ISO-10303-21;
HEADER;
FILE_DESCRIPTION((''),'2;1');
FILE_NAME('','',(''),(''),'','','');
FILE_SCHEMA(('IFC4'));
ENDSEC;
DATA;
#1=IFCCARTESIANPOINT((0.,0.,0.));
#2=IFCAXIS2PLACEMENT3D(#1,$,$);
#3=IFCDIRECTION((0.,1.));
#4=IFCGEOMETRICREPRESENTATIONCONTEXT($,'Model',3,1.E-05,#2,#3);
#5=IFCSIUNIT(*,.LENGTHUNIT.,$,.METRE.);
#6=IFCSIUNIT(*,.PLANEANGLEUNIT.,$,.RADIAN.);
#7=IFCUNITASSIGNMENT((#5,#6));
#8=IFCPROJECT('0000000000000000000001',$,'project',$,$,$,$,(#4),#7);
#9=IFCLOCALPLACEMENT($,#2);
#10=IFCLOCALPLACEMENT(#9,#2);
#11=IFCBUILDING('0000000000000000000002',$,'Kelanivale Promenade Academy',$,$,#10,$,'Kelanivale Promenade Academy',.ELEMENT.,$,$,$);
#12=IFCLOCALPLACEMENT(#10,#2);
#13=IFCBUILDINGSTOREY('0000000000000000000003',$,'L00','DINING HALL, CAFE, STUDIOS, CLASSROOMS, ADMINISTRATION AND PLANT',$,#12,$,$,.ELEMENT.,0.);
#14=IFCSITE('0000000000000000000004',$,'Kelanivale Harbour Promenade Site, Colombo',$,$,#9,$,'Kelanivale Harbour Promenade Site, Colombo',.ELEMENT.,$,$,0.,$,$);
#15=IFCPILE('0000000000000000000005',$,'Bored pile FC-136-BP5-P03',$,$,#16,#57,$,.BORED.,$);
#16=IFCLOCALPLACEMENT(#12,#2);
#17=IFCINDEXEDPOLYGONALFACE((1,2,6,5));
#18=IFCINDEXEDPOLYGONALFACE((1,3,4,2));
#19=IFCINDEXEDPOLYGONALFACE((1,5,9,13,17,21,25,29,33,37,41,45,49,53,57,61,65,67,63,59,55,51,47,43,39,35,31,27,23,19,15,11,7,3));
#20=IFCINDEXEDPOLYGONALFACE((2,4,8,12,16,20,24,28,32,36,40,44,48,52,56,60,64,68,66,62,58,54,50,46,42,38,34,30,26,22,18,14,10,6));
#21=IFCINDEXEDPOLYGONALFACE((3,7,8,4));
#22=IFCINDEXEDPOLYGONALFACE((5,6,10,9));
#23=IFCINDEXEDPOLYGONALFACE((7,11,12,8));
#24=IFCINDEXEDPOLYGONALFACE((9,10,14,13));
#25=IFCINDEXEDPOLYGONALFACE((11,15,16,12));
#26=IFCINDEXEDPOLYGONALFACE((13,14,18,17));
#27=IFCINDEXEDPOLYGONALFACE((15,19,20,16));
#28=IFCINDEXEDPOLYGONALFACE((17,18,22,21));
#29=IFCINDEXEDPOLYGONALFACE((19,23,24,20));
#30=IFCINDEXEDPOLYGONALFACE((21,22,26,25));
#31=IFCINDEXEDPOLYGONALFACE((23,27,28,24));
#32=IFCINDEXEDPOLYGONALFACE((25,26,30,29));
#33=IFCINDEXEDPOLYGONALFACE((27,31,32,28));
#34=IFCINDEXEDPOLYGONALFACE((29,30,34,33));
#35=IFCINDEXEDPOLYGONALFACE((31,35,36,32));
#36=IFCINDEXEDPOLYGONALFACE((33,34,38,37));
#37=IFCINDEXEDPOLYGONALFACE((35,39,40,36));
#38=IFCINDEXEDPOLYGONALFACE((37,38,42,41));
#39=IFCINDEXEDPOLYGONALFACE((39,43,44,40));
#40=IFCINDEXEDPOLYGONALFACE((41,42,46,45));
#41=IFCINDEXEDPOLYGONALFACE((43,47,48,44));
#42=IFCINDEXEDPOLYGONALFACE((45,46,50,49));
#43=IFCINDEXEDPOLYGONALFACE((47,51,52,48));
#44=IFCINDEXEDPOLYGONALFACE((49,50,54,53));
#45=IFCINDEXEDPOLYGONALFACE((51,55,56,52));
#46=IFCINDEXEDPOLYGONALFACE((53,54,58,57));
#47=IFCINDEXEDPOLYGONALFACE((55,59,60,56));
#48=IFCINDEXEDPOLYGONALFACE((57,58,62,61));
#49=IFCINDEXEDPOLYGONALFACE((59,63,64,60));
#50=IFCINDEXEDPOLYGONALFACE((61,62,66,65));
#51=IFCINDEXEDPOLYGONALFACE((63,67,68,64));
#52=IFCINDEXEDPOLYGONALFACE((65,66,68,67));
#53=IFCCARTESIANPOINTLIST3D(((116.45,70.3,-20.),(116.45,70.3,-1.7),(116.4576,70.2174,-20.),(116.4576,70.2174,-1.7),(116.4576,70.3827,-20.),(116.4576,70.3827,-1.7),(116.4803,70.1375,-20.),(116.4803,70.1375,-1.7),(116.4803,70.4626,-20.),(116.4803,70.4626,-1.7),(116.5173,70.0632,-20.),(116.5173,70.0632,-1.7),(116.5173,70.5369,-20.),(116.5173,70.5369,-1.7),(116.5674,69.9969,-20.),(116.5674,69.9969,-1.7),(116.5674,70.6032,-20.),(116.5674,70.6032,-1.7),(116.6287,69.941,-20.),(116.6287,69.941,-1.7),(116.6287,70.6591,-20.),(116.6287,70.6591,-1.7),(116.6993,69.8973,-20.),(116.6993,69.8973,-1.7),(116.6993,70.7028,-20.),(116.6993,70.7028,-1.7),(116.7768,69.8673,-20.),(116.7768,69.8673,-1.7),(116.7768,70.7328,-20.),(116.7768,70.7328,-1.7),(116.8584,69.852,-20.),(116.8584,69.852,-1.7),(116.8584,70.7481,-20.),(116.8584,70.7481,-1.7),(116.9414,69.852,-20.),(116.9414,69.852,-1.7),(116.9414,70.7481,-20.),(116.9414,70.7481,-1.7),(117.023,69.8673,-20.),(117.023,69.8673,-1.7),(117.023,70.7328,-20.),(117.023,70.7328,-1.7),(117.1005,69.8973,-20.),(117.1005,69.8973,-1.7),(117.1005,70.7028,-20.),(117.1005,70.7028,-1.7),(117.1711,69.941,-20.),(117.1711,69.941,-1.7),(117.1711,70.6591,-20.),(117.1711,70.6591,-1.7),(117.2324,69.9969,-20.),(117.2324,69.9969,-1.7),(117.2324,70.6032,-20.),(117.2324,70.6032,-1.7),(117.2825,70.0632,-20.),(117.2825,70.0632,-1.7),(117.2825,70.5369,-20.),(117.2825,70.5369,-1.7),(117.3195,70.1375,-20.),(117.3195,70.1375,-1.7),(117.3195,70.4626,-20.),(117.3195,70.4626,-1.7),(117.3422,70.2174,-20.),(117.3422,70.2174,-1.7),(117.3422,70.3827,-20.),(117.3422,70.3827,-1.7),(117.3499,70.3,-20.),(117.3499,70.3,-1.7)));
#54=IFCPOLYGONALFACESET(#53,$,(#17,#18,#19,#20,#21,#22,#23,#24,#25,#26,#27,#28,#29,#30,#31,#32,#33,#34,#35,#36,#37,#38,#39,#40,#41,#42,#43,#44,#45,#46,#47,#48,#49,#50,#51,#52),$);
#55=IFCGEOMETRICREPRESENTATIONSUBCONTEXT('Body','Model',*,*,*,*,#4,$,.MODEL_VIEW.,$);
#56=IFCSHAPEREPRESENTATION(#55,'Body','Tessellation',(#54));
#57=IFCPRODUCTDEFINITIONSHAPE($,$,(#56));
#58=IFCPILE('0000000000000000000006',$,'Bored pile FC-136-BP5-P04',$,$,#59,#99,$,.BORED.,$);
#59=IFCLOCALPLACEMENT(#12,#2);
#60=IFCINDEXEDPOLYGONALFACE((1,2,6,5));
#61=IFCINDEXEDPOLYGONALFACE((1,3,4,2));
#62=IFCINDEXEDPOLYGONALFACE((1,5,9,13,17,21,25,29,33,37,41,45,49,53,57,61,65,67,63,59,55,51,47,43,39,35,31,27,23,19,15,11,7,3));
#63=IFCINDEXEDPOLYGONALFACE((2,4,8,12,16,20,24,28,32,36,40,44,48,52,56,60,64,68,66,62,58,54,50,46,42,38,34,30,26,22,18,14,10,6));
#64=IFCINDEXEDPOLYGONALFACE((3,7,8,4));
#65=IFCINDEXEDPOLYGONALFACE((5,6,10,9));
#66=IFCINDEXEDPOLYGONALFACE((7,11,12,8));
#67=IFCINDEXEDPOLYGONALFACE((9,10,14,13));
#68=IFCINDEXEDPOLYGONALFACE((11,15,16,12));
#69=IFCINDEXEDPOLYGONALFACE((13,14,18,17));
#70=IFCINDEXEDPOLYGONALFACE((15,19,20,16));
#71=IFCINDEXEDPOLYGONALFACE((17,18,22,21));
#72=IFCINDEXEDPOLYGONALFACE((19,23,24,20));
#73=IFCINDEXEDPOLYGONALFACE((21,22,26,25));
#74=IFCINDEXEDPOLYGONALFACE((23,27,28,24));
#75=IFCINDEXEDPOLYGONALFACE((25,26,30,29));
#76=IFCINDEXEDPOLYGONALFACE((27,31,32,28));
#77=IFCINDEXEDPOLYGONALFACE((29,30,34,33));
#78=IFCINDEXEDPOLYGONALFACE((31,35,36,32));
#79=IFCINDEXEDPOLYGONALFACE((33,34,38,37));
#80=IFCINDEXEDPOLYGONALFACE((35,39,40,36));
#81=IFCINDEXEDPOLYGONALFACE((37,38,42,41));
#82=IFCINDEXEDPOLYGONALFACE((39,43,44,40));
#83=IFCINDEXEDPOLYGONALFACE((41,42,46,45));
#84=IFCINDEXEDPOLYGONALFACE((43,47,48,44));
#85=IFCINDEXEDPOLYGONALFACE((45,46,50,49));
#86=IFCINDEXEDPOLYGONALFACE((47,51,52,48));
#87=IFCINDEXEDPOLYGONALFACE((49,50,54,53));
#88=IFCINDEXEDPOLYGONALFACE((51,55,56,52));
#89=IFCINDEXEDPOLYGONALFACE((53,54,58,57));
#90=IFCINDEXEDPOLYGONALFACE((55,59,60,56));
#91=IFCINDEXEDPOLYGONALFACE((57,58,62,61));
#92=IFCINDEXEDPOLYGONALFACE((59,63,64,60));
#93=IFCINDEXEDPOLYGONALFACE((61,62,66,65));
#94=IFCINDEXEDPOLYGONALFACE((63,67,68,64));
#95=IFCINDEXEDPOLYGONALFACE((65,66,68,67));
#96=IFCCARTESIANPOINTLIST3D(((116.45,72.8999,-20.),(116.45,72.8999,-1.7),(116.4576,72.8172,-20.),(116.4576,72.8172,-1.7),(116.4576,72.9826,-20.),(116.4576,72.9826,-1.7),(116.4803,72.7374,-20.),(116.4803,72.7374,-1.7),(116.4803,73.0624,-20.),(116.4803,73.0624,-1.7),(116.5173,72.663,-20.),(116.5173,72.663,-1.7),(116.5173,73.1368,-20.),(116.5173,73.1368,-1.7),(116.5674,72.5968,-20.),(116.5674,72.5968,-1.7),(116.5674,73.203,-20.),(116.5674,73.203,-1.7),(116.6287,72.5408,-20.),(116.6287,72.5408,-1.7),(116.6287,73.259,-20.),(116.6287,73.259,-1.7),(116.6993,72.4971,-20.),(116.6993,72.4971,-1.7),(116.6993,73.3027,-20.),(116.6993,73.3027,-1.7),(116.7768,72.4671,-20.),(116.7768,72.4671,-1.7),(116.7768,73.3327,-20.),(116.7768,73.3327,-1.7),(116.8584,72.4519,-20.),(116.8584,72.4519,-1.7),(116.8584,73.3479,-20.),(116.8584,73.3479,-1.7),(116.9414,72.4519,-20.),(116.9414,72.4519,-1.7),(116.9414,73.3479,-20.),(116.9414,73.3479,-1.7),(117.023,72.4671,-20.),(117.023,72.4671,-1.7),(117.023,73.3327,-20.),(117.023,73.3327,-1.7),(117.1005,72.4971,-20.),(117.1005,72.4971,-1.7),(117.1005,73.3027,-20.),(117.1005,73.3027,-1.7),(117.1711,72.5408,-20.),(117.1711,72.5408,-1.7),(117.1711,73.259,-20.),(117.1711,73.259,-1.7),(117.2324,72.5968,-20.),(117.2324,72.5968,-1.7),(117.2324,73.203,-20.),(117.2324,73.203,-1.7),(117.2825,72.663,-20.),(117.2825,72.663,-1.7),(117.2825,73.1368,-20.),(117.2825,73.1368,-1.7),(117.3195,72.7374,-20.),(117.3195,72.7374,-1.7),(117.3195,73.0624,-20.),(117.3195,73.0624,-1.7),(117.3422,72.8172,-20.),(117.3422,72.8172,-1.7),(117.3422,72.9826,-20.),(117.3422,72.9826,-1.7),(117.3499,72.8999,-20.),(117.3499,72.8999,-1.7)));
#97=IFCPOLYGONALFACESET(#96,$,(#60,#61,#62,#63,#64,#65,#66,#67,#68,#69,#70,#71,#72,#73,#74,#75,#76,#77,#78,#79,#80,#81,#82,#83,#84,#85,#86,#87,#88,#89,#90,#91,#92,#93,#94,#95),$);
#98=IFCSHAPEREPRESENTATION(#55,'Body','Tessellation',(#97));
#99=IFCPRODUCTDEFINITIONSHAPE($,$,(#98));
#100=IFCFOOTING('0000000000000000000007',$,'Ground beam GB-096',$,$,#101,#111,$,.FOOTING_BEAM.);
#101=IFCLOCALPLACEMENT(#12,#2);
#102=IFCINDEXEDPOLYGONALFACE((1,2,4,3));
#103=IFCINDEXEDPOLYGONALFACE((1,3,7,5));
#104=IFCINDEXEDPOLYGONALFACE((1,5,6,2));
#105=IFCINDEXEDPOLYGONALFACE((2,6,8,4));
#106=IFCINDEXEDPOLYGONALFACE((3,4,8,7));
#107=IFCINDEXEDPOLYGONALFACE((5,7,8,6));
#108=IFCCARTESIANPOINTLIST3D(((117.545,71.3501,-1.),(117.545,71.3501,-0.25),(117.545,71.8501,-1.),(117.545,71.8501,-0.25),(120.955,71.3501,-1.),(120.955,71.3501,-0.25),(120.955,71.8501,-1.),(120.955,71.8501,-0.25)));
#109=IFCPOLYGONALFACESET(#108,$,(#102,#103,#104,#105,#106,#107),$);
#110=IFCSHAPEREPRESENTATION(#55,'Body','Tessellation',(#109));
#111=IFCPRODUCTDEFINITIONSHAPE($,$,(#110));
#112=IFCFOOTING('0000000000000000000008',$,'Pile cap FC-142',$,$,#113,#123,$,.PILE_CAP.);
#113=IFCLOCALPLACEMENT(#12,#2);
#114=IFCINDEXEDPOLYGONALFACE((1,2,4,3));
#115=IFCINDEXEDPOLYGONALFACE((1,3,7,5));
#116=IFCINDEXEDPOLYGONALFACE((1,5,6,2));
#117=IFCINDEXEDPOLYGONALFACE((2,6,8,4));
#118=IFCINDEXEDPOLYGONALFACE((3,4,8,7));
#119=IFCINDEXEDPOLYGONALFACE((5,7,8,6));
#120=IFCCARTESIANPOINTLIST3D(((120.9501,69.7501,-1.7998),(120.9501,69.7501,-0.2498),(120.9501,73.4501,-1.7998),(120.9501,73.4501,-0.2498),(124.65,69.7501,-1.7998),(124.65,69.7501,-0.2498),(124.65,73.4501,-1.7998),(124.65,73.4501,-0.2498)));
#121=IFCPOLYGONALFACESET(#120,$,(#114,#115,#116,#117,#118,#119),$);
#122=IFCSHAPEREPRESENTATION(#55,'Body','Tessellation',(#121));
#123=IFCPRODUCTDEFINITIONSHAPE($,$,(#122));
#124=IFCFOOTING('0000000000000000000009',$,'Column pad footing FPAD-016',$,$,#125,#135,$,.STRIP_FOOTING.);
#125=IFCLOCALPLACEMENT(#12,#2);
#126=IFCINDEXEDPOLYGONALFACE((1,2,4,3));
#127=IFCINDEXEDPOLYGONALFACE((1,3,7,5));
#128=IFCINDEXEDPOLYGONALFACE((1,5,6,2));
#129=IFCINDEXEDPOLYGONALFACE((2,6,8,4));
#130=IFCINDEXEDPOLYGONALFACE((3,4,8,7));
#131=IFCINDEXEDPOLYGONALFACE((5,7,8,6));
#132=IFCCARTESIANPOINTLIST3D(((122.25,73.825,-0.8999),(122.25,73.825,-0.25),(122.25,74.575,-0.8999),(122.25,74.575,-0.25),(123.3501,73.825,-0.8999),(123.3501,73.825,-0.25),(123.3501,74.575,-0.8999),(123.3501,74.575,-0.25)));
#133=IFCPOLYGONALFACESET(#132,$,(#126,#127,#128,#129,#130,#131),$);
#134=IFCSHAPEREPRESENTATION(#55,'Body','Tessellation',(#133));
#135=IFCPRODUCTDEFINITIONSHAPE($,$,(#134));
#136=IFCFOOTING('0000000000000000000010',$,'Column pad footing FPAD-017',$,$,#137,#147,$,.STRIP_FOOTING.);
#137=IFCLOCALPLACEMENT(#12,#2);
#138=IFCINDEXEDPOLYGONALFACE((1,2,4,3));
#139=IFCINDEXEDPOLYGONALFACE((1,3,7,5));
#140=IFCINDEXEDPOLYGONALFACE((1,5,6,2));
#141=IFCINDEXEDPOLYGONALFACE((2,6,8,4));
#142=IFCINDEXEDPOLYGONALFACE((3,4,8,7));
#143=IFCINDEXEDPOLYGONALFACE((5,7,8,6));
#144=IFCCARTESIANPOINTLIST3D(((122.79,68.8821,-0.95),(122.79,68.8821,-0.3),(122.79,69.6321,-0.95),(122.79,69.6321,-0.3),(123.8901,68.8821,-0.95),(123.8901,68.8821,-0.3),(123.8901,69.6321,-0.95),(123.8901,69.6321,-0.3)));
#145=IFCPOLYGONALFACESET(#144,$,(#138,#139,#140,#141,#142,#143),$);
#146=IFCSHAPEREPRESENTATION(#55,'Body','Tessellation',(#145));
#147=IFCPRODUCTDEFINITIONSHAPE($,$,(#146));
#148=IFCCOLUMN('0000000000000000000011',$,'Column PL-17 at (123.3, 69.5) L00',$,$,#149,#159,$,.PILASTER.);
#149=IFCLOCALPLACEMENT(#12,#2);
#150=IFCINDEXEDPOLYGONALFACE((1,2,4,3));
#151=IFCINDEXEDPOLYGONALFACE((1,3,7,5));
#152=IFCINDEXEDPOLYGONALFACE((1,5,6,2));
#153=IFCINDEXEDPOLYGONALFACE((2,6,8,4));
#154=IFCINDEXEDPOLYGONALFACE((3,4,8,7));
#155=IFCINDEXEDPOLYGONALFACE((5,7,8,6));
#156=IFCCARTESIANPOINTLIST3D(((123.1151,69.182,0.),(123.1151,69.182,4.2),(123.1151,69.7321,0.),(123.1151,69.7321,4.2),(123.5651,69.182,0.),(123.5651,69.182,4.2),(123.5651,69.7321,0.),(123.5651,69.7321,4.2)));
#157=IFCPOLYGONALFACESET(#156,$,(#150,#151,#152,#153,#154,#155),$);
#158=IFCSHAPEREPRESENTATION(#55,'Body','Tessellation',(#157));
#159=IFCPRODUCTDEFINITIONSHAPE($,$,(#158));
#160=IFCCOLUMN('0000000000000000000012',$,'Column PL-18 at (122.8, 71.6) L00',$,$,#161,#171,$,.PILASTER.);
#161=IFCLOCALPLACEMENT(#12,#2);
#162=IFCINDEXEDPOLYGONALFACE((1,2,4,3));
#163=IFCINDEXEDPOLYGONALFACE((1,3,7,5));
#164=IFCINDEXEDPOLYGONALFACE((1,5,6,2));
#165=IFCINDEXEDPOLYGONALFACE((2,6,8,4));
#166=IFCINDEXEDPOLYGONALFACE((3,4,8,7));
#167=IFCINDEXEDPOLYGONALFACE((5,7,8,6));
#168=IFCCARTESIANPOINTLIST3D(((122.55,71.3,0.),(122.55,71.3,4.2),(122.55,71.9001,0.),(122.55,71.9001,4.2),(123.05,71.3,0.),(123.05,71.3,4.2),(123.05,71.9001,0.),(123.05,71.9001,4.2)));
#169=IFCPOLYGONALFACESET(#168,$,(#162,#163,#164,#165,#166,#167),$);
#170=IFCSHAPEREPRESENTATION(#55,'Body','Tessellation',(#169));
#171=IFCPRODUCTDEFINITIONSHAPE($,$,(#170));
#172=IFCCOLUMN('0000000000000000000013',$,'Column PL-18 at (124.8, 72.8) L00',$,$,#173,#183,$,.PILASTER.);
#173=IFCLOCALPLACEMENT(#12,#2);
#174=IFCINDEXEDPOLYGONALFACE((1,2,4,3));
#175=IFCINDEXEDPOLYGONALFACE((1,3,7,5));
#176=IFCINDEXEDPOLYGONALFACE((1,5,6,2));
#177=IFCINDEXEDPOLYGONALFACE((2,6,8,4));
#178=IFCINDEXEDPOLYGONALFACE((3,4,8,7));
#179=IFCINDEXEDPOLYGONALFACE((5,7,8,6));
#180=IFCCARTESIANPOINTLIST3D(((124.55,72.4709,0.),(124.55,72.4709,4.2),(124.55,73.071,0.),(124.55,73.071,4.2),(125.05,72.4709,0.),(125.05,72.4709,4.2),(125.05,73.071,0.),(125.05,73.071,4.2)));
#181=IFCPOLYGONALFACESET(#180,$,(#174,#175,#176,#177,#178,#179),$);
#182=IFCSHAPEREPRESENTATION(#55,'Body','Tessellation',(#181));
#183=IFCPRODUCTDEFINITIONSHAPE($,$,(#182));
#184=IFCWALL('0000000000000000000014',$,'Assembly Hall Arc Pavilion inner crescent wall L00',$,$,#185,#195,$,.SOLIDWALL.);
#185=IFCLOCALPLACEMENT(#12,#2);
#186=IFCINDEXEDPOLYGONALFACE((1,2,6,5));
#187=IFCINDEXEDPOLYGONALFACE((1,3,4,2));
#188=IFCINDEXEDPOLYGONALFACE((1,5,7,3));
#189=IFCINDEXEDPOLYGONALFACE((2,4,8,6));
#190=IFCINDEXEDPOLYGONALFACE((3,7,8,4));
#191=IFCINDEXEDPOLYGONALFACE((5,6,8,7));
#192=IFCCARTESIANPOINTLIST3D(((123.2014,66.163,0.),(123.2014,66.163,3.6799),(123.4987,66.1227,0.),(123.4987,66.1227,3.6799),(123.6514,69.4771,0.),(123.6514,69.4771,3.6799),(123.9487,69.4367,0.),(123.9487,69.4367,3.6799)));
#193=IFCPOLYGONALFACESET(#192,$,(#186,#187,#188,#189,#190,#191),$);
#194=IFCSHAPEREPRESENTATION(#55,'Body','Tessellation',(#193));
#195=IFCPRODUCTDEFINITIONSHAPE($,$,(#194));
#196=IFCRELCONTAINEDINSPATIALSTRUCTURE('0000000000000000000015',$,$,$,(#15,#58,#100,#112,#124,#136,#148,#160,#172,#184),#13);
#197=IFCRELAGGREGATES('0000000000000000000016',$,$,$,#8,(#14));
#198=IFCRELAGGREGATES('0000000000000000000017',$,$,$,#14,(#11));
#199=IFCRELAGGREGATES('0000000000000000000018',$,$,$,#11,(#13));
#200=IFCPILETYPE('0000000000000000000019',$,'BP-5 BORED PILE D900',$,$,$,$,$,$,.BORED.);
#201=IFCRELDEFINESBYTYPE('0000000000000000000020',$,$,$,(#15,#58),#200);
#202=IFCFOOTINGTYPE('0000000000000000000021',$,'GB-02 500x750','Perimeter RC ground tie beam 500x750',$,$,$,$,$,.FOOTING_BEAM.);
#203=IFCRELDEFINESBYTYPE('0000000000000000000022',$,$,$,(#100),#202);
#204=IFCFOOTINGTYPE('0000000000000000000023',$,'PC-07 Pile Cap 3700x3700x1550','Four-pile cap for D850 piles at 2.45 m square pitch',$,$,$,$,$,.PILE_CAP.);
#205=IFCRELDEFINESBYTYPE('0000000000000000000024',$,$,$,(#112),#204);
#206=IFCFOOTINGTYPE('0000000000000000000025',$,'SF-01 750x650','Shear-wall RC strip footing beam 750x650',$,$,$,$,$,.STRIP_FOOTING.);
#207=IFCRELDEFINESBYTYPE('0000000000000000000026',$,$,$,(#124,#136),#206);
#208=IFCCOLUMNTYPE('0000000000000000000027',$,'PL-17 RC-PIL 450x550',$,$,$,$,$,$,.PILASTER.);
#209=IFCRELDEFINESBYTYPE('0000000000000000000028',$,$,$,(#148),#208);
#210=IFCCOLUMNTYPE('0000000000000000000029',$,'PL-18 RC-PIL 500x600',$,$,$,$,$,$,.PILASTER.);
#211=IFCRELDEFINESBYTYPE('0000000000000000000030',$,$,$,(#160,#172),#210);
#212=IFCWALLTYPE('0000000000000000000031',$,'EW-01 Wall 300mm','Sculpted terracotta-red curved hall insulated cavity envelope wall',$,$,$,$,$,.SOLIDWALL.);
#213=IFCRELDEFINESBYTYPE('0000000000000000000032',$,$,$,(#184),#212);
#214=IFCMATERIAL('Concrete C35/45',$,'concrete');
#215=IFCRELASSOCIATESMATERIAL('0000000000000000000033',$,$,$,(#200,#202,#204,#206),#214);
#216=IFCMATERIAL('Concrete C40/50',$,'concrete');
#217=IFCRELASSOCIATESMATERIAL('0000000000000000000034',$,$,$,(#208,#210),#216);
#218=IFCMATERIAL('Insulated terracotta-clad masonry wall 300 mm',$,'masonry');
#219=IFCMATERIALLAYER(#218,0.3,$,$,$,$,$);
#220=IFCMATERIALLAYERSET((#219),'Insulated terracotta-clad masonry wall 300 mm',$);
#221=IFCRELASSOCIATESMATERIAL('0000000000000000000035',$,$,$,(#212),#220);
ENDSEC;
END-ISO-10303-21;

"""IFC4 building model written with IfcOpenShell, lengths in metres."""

from ifc_helpers import new_model, si_unit, direction, frame, frame_2d, origin, origin_2d, place, context, subcontext, project, spatial, rectangle, circle, extrude, material, layer, layer_set, material_profile, profile_set, type_object, element, save


model = new_model("IFC4")

# Units and contexts
model_context = context("Model", 3, precision=1e-05, world=origin(), true_north=direction((0.0, 1.0)))
body_context = subcontext(model_context, "Body", "Model", "MODEL_VIEW")
ifc_project = project(units=[si_unit("LENGTHUNIT", "METRE"), si_unit("PLANEANGLEUNIT", "RADIAN")], contexts=[model_context])

# Site, building, storey
site_placement = place(None, origin())
site = spatial("IfcSite", under=ifc_project, at=site_placement, Name="Kelanivale Harbour Promenade Site, Colombo", LongName="Kelanivale Harbour Promenade Site, Colombo", CompositionType="ELEMENT", RefElevation=0.0)
building_placement = place(site_placement, origin())
building = spatial("IfcBuilding", under=site, at=building_placement, Name="Kelanivale Promenade Academy", LongName="Kelanivale Promenade Academy", CompositionType="ELEMENT")
storey_placement = place(building_placement, origin())
storey = spatial("IfcBuildingStorey", under=building, at=storey_placement, Name="L00", Description="DINING HALL, CAFE, STUDIOS, CLASSROOMS, ADMINISTRATION AND PLANT", CompositionType="ELEMENT", Elevation=0.0)

# Piles
ifc_material_1 = material(Name="Concrete C35/45", Category="concrete")
ifc_material_profile_1 = material_profile(ifc_material_1, circle(Radius=0.45, at=origin_2d()), Name="BORED PILE D900")
ifc_profile_set_1 = profile_set([ifc_material_profile_1], Name="Concrete C35/45")
pile_type_1 = type_object("IfcPileType", Name="BP-5 BORED PILE D900", PredefinedType="BORED", material=ifc_profile_set_1)
for number, where, z_axis, x_axis, name in (
    (1, (116.8999, 70.3, -1.7), (0.0, 0.0, -1.0), (1.0, 0.0, 0.0), "Bored pile FC-136-BP5-P03"),
    (2, (116.8999, 72.8999, -1.7), (0.0, 0.0, -1.0), (1.0, 0.0, 0.0), "Bored pile FC-136-BP5-P04"),
):
    element("IfcPile", number, at=place(storey_placement, frame(where, z_axis=z_axis, x_axis=x_axis)), inside=storey, type_object=pile_type_1, Name=name, PredefinedType="BORED", context=body_context, shape_type="SweptSolid", body=[
        extrude(circle(Radius=0.45, at=origin_2d()), origin(), (0.0, 0.0, 1.0), 18.3),
    ])

# Footings
footing_type_1 = type_object("IfcFootingType", Name="GB-02 500x750", Description="Perimeter RC ground tie beam 500x750", PredefinedType="FOOTING_BEAM", material=ifc_material_1)
footing_1_placement = place(storey_placement, frame((119.25, 71.6001, -1.0), z_axis=(0.0, 0.0, 1.0), x_axis=(1.0, 0.0, 0.0)))
element("IfcFooting", 3, at=footing_1_placement, inside=storey, type_object=footing_type_1, Name="Ground beam GB-096", PredefinedType="FOOTING_BEAM", context=body_context, shape_type="SweptSolid", body=[
    extrude(rectangle(XDim=3.4099, YDim=0.5, at=origin_2d()), origin(), (0.0, 0.0, 1.0), 0.75),
])
footing_type_2 = type_object("IfcFootingType", Name="PC-07 Pile Cap 3700x3700x1550", Description="Four-pile cap for D850 piles at 2.45 m square pitch", PredefinedType="PILE_CAP", material=ifc_material_1)
footing_2_placement = place(storey_placement, frame((122.8, 71.6001, -1.7998), z_axis=(0.0, 0.0, 1.0), x_axis=(1.0, 0.0, 0.0)))
element("IfcFooting", 4, at=footing_2_placement, inside=storey, type_object=footing_type_2, Name="Pile cap FC-142", PredefinedType="PILE_CAP", context=body_context, shape_type="SweptSolid", body=[
    extrude(rectangle(XDim=3.7, YDim=3.7, at=origin_2d()), origin(), (0.0, 0.0, 1.0), 1.55),
])
footing_type_3 = type_object("IfcFootingType", Name="SF-01 750x650", Description="Shear-wall RC strip footing beam 750x650", PredefinedType="STRIP_FOOTING", material=ifc_material_1)
for number, where, z_axis, x_axis, name in (
    (5, (122.8, 74.2, -0.8999), (0.0, 0.0, 1.0), (1.0, 0.0, 0.0), "Column pad footing FPAD-016"),
    (6, (123.3401, 69.2571, -0.95), (0.0, 0.0, 1.0), (1.0, 0.0, 0.0), "Column pad footing FPAD-017"),
):
    element("IfcFooting", number, at=place(storey_placement, frame(where, z_axis=z_axis, x_axis=x_axis)), inside=storey, type_object=footing_type_3, Name=name, PredefinedType="STRIP_FOOTING", context=body_context, shape_type="SweptSolid", body=[
        extrude(rectangle(XDim=1.1001, YDim=0.75, at=origin_2d()), origin(), (0.0, 0.0, 1.0), 0.6499),
    ])

# Columns
ifc_material_2 = material(Name="Concrete C40/50", Category="concrete")
ifc_material_profile_2 = material_profile(ifc_material_2, rectangle(XDim=0.45, YDim=0.55, at=origin_2d()), Name="RC-PIL 450x550")
ifc_profile_set_2 = profile_set([ifc_material_profile_2], Name="Concrete C40/50")
column_type_1 = type_object("IfcColumnType", Name="PL-17 RC-PIL 450x550", PredefinedType="PILASTER", material=ifc_profile_set_2)
column_placement = place(storey_placement, frame((123.3401, 69.457, 0.0), z_axis=(0.0, 0.0, 1.0), x_axis=(1.0, 0.0, 0.0)))
element("IfcColumn", 7, at=column_placement, inside=storey, type_object=column_type_1, Name="Column PL-17 at (123.3, 69.5) L00", PredefinedType="PILASTER", context=body_context, shape_type="SweptSolid", body=[
    extrude(rectangle(XDim=0.45, YDim=0.55, at=origin_2d()), origin(), (0.0, 0.0, 1.0), 4.2),
])
ifc_material_profile_3 = material_profile(ifc_material_2, rectangle(XDim=0.5, YDim=0.6001, at=origin_2d()), Name="RC-PIL 500x600")
ifc_profile_set_3 = profile_set([ifc_material_profile_3], Name="Concrete C40/50")
column_type_2 = type_object("IfcColumnType", Name="PL-18 RC-PIL 500x600", PredefinedType="PILASTER", material=ifc_profile_set_3)
for number, where, z_axis, x_axis, name in (
    (8, (122.8, 71.6001, 0.0), (0.0, 0.0, 1.0), (1.0, 0.0, 0.0), "Column PL-18 at (122.8, 71.6) L00"),
    (9, (124.8, 72.771, 0.0), (0.0, 0.0, 1.0), (1.0, 0.0, 0.0), "Column PL-18 at (124.8, 72.8) L00"),
):
    element("IfcColumn", number, at=place(storey_placement, frame(where, z_axis=z_axis, x_axis=x_axis)), inside=storey, type_object=column_type_2, Name=name, PredefinedType="PILASTER", context=body_context, shape_type="SweptSolid", body=[
        extrude(rectangle(XDim=0.5, YDim=0.6001, at=origin_2d()), origin(), (0.0, 0.0, 1.0), 4.2),
    ])

# Wall
ifc_material_3 = material(Name="Insulated terracotta-clad masonry wall 300 mm", Category="masonry")
ifc_layer_1 = layer(ifc_material_3, 0.3)
ifc_layer_set_1 = layer_set([ifc_layer_1], Name="Insulated terracotta-clad masonry wall 300 mm")
wall_type_1 = type_object("IfcWallType", Name="EW-01 Wall 300mm", Description="Sculpted terracotta-red curved hall insulated cavity envelope wall", PredefinedType="SOLIDWALL", material=ifc_layer_set_1)
wall_1_placement = place(storey_placement, frame((123.8, 69.457, 0.0), z_axis=(0.0, 0.0, 1.0), x_axis=(-0.13454, -0.990908, 0.0)))
element("IfcWall", 10, at=wall_1_placement, inside=storey, type_object=wall_type_1, Name="Assembly Hall Arc Pavilion inner crescent wall L00", PredefinedType="SOLIDWALL", context=body_context, shape_type="SweptSolid", body=[
    extrude(rectangle(XDim=3.3445, YDim=0.3, at=frame_2d((1.6724, 0.0))), origin(), (0.0, 0.0, 1.0), 3.6799),
])

save(model, "model.ifc")
